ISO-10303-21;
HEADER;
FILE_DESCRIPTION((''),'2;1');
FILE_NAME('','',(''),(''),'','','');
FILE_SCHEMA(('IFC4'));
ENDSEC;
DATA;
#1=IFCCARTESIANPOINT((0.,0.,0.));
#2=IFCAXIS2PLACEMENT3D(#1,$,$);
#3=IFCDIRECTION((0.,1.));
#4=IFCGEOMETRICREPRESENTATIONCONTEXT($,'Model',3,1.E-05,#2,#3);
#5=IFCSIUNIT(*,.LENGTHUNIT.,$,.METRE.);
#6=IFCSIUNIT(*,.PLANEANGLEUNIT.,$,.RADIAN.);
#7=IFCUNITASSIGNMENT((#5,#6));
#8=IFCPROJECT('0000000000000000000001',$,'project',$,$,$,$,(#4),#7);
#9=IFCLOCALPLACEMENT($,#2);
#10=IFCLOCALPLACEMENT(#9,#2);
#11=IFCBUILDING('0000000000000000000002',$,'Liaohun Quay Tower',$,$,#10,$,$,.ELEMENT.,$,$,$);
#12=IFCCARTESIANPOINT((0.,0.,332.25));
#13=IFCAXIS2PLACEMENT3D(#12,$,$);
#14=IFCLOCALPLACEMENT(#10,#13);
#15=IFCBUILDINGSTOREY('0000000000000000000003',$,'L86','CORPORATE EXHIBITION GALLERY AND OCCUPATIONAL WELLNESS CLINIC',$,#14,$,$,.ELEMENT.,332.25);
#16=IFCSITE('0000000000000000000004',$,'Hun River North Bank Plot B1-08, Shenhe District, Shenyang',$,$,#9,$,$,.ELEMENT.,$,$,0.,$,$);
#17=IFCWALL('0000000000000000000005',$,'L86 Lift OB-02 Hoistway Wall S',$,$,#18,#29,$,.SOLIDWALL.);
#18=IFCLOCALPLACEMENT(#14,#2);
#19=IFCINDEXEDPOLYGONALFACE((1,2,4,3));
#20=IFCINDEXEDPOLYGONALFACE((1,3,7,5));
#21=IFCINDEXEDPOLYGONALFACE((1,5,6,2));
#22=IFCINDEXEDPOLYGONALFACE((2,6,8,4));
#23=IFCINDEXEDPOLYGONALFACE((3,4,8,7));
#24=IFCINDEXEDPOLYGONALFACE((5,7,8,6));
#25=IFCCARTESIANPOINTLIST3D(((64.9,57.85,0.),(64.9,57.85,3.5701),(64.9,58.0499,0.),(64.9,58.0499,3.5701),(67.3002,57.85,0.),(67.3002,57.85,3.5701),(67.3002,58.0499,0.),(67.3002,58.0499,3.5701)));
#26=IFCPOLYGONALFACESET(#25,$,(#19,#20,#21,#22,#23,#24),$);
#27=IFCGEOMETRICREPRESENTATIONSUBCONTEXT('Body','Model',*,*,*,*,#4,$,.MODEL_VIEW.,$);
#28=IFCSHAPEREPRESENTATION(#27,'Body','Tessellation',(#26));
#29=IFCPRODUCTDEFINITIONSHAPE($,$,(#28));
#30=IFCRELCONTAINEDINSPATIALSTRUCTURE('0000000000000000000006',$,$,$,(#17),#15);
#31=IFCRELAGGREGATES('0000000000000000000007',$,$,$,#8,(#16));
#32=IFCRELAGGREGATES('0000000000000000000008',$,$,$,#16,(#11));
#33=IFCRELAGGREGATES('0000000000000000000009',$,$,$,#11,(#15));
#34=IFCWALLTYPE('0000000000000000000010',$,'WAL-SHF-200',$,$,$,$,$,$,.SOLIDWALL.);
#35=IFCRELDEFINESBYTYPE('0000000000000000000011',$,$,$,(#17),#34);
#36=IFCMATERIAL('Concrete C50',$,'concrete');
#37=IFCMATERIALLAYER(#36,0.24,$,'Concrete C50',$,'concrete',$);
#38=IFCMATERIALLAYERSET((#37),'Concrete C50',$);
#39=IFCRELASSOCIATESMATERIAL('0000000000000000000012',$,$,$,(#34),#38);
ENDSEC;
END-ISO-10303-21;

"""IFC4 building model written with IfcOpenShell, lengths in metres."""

from ifc_helpers import new_model, si_unit, direction, frame, frame_2d, origin, place, context, subcontext, project, spatial, rectangle, extrude, material, layer, layer_set, type_object, element, save


model = new_model("IFC4")

# Units and contexts
model_context = context("Model", 3, precision=1e-05, world=origin(), true_north=direction((0.0, 1.0)))
body_context = subcontext(model_context, "Body", "Model", "MODEL_VIEW")
ifc_project = project(units=[si_unit("LENGTHUNIT", "METRE"), si_unit("PLANEANGLEUNIT", "RADIAN")], contexts=[model_context])

# Site, building, storey
site_placement = place(None, origin())
site = spatial("IfcSite", under=ifc_project, at=site_placement, Name="Hun River North Bank Plot B1-08, Shenhe District, Shenyang", CompositionType="ELEMENT", RefElevation=0.0)
building_placement = place(site_placement, origin())
building = spatial("IfcBuilding", under=site, at=building_placement, Name="Liaohun Quay Tower", CompositionType="ELEMENT")
storey_placement = place(building_placement, frame((0.0, 0.0, 332.25)))
storey = spatial("IfcBuildingStorey", under=building, at=storey_placement, Name="L86", Description="CORPORATE EXHIBITION GALLERY AND OCCUPATIONAL WELLNESS CLINIC", CompositionType="ELEMENT", Elevation=332.25)

# Shared definitions
ifc_material_1 = material(Name="Concrete C50", Category="concrete")

# Wall
ifc_layer_1 = layer(ifc_material_1, 0.24, Name="Concrete C50", Category="concrete")
ifc_layer_set_1 = layer_set([ifc_layer_1], Name="Concrete C50")
wall_type_1 = type_object("IfcWallType", Name="WAL-SHF-200", PredefinedType="SOLIDWALL", material=ifc_layer_set_1)
wall_1_placement = place(storey_placement, frame((64.8999, 57.95, 0.0), z_axis=(0.0, 0.0, 1.0), x_axis=(1.0, 0.0, 0.0)))
element("IfcWall", 1, at=wall_1_placement, inside=storey, type_object=wall_type_1, Name="L86 Lift OB-02 Hoistway Wall S", PredefinedType="SOLIDWALL", context=body_context, shape_type="SweptSolid", body=[
    extrude(rectangle(XDim=2.4001, YDim=0.2, at=frame_2d((1.2002, 0.0))), origin(), (0.0, 0.0, 1.0), 3.5701),
])

save(model, "model.ifc")
